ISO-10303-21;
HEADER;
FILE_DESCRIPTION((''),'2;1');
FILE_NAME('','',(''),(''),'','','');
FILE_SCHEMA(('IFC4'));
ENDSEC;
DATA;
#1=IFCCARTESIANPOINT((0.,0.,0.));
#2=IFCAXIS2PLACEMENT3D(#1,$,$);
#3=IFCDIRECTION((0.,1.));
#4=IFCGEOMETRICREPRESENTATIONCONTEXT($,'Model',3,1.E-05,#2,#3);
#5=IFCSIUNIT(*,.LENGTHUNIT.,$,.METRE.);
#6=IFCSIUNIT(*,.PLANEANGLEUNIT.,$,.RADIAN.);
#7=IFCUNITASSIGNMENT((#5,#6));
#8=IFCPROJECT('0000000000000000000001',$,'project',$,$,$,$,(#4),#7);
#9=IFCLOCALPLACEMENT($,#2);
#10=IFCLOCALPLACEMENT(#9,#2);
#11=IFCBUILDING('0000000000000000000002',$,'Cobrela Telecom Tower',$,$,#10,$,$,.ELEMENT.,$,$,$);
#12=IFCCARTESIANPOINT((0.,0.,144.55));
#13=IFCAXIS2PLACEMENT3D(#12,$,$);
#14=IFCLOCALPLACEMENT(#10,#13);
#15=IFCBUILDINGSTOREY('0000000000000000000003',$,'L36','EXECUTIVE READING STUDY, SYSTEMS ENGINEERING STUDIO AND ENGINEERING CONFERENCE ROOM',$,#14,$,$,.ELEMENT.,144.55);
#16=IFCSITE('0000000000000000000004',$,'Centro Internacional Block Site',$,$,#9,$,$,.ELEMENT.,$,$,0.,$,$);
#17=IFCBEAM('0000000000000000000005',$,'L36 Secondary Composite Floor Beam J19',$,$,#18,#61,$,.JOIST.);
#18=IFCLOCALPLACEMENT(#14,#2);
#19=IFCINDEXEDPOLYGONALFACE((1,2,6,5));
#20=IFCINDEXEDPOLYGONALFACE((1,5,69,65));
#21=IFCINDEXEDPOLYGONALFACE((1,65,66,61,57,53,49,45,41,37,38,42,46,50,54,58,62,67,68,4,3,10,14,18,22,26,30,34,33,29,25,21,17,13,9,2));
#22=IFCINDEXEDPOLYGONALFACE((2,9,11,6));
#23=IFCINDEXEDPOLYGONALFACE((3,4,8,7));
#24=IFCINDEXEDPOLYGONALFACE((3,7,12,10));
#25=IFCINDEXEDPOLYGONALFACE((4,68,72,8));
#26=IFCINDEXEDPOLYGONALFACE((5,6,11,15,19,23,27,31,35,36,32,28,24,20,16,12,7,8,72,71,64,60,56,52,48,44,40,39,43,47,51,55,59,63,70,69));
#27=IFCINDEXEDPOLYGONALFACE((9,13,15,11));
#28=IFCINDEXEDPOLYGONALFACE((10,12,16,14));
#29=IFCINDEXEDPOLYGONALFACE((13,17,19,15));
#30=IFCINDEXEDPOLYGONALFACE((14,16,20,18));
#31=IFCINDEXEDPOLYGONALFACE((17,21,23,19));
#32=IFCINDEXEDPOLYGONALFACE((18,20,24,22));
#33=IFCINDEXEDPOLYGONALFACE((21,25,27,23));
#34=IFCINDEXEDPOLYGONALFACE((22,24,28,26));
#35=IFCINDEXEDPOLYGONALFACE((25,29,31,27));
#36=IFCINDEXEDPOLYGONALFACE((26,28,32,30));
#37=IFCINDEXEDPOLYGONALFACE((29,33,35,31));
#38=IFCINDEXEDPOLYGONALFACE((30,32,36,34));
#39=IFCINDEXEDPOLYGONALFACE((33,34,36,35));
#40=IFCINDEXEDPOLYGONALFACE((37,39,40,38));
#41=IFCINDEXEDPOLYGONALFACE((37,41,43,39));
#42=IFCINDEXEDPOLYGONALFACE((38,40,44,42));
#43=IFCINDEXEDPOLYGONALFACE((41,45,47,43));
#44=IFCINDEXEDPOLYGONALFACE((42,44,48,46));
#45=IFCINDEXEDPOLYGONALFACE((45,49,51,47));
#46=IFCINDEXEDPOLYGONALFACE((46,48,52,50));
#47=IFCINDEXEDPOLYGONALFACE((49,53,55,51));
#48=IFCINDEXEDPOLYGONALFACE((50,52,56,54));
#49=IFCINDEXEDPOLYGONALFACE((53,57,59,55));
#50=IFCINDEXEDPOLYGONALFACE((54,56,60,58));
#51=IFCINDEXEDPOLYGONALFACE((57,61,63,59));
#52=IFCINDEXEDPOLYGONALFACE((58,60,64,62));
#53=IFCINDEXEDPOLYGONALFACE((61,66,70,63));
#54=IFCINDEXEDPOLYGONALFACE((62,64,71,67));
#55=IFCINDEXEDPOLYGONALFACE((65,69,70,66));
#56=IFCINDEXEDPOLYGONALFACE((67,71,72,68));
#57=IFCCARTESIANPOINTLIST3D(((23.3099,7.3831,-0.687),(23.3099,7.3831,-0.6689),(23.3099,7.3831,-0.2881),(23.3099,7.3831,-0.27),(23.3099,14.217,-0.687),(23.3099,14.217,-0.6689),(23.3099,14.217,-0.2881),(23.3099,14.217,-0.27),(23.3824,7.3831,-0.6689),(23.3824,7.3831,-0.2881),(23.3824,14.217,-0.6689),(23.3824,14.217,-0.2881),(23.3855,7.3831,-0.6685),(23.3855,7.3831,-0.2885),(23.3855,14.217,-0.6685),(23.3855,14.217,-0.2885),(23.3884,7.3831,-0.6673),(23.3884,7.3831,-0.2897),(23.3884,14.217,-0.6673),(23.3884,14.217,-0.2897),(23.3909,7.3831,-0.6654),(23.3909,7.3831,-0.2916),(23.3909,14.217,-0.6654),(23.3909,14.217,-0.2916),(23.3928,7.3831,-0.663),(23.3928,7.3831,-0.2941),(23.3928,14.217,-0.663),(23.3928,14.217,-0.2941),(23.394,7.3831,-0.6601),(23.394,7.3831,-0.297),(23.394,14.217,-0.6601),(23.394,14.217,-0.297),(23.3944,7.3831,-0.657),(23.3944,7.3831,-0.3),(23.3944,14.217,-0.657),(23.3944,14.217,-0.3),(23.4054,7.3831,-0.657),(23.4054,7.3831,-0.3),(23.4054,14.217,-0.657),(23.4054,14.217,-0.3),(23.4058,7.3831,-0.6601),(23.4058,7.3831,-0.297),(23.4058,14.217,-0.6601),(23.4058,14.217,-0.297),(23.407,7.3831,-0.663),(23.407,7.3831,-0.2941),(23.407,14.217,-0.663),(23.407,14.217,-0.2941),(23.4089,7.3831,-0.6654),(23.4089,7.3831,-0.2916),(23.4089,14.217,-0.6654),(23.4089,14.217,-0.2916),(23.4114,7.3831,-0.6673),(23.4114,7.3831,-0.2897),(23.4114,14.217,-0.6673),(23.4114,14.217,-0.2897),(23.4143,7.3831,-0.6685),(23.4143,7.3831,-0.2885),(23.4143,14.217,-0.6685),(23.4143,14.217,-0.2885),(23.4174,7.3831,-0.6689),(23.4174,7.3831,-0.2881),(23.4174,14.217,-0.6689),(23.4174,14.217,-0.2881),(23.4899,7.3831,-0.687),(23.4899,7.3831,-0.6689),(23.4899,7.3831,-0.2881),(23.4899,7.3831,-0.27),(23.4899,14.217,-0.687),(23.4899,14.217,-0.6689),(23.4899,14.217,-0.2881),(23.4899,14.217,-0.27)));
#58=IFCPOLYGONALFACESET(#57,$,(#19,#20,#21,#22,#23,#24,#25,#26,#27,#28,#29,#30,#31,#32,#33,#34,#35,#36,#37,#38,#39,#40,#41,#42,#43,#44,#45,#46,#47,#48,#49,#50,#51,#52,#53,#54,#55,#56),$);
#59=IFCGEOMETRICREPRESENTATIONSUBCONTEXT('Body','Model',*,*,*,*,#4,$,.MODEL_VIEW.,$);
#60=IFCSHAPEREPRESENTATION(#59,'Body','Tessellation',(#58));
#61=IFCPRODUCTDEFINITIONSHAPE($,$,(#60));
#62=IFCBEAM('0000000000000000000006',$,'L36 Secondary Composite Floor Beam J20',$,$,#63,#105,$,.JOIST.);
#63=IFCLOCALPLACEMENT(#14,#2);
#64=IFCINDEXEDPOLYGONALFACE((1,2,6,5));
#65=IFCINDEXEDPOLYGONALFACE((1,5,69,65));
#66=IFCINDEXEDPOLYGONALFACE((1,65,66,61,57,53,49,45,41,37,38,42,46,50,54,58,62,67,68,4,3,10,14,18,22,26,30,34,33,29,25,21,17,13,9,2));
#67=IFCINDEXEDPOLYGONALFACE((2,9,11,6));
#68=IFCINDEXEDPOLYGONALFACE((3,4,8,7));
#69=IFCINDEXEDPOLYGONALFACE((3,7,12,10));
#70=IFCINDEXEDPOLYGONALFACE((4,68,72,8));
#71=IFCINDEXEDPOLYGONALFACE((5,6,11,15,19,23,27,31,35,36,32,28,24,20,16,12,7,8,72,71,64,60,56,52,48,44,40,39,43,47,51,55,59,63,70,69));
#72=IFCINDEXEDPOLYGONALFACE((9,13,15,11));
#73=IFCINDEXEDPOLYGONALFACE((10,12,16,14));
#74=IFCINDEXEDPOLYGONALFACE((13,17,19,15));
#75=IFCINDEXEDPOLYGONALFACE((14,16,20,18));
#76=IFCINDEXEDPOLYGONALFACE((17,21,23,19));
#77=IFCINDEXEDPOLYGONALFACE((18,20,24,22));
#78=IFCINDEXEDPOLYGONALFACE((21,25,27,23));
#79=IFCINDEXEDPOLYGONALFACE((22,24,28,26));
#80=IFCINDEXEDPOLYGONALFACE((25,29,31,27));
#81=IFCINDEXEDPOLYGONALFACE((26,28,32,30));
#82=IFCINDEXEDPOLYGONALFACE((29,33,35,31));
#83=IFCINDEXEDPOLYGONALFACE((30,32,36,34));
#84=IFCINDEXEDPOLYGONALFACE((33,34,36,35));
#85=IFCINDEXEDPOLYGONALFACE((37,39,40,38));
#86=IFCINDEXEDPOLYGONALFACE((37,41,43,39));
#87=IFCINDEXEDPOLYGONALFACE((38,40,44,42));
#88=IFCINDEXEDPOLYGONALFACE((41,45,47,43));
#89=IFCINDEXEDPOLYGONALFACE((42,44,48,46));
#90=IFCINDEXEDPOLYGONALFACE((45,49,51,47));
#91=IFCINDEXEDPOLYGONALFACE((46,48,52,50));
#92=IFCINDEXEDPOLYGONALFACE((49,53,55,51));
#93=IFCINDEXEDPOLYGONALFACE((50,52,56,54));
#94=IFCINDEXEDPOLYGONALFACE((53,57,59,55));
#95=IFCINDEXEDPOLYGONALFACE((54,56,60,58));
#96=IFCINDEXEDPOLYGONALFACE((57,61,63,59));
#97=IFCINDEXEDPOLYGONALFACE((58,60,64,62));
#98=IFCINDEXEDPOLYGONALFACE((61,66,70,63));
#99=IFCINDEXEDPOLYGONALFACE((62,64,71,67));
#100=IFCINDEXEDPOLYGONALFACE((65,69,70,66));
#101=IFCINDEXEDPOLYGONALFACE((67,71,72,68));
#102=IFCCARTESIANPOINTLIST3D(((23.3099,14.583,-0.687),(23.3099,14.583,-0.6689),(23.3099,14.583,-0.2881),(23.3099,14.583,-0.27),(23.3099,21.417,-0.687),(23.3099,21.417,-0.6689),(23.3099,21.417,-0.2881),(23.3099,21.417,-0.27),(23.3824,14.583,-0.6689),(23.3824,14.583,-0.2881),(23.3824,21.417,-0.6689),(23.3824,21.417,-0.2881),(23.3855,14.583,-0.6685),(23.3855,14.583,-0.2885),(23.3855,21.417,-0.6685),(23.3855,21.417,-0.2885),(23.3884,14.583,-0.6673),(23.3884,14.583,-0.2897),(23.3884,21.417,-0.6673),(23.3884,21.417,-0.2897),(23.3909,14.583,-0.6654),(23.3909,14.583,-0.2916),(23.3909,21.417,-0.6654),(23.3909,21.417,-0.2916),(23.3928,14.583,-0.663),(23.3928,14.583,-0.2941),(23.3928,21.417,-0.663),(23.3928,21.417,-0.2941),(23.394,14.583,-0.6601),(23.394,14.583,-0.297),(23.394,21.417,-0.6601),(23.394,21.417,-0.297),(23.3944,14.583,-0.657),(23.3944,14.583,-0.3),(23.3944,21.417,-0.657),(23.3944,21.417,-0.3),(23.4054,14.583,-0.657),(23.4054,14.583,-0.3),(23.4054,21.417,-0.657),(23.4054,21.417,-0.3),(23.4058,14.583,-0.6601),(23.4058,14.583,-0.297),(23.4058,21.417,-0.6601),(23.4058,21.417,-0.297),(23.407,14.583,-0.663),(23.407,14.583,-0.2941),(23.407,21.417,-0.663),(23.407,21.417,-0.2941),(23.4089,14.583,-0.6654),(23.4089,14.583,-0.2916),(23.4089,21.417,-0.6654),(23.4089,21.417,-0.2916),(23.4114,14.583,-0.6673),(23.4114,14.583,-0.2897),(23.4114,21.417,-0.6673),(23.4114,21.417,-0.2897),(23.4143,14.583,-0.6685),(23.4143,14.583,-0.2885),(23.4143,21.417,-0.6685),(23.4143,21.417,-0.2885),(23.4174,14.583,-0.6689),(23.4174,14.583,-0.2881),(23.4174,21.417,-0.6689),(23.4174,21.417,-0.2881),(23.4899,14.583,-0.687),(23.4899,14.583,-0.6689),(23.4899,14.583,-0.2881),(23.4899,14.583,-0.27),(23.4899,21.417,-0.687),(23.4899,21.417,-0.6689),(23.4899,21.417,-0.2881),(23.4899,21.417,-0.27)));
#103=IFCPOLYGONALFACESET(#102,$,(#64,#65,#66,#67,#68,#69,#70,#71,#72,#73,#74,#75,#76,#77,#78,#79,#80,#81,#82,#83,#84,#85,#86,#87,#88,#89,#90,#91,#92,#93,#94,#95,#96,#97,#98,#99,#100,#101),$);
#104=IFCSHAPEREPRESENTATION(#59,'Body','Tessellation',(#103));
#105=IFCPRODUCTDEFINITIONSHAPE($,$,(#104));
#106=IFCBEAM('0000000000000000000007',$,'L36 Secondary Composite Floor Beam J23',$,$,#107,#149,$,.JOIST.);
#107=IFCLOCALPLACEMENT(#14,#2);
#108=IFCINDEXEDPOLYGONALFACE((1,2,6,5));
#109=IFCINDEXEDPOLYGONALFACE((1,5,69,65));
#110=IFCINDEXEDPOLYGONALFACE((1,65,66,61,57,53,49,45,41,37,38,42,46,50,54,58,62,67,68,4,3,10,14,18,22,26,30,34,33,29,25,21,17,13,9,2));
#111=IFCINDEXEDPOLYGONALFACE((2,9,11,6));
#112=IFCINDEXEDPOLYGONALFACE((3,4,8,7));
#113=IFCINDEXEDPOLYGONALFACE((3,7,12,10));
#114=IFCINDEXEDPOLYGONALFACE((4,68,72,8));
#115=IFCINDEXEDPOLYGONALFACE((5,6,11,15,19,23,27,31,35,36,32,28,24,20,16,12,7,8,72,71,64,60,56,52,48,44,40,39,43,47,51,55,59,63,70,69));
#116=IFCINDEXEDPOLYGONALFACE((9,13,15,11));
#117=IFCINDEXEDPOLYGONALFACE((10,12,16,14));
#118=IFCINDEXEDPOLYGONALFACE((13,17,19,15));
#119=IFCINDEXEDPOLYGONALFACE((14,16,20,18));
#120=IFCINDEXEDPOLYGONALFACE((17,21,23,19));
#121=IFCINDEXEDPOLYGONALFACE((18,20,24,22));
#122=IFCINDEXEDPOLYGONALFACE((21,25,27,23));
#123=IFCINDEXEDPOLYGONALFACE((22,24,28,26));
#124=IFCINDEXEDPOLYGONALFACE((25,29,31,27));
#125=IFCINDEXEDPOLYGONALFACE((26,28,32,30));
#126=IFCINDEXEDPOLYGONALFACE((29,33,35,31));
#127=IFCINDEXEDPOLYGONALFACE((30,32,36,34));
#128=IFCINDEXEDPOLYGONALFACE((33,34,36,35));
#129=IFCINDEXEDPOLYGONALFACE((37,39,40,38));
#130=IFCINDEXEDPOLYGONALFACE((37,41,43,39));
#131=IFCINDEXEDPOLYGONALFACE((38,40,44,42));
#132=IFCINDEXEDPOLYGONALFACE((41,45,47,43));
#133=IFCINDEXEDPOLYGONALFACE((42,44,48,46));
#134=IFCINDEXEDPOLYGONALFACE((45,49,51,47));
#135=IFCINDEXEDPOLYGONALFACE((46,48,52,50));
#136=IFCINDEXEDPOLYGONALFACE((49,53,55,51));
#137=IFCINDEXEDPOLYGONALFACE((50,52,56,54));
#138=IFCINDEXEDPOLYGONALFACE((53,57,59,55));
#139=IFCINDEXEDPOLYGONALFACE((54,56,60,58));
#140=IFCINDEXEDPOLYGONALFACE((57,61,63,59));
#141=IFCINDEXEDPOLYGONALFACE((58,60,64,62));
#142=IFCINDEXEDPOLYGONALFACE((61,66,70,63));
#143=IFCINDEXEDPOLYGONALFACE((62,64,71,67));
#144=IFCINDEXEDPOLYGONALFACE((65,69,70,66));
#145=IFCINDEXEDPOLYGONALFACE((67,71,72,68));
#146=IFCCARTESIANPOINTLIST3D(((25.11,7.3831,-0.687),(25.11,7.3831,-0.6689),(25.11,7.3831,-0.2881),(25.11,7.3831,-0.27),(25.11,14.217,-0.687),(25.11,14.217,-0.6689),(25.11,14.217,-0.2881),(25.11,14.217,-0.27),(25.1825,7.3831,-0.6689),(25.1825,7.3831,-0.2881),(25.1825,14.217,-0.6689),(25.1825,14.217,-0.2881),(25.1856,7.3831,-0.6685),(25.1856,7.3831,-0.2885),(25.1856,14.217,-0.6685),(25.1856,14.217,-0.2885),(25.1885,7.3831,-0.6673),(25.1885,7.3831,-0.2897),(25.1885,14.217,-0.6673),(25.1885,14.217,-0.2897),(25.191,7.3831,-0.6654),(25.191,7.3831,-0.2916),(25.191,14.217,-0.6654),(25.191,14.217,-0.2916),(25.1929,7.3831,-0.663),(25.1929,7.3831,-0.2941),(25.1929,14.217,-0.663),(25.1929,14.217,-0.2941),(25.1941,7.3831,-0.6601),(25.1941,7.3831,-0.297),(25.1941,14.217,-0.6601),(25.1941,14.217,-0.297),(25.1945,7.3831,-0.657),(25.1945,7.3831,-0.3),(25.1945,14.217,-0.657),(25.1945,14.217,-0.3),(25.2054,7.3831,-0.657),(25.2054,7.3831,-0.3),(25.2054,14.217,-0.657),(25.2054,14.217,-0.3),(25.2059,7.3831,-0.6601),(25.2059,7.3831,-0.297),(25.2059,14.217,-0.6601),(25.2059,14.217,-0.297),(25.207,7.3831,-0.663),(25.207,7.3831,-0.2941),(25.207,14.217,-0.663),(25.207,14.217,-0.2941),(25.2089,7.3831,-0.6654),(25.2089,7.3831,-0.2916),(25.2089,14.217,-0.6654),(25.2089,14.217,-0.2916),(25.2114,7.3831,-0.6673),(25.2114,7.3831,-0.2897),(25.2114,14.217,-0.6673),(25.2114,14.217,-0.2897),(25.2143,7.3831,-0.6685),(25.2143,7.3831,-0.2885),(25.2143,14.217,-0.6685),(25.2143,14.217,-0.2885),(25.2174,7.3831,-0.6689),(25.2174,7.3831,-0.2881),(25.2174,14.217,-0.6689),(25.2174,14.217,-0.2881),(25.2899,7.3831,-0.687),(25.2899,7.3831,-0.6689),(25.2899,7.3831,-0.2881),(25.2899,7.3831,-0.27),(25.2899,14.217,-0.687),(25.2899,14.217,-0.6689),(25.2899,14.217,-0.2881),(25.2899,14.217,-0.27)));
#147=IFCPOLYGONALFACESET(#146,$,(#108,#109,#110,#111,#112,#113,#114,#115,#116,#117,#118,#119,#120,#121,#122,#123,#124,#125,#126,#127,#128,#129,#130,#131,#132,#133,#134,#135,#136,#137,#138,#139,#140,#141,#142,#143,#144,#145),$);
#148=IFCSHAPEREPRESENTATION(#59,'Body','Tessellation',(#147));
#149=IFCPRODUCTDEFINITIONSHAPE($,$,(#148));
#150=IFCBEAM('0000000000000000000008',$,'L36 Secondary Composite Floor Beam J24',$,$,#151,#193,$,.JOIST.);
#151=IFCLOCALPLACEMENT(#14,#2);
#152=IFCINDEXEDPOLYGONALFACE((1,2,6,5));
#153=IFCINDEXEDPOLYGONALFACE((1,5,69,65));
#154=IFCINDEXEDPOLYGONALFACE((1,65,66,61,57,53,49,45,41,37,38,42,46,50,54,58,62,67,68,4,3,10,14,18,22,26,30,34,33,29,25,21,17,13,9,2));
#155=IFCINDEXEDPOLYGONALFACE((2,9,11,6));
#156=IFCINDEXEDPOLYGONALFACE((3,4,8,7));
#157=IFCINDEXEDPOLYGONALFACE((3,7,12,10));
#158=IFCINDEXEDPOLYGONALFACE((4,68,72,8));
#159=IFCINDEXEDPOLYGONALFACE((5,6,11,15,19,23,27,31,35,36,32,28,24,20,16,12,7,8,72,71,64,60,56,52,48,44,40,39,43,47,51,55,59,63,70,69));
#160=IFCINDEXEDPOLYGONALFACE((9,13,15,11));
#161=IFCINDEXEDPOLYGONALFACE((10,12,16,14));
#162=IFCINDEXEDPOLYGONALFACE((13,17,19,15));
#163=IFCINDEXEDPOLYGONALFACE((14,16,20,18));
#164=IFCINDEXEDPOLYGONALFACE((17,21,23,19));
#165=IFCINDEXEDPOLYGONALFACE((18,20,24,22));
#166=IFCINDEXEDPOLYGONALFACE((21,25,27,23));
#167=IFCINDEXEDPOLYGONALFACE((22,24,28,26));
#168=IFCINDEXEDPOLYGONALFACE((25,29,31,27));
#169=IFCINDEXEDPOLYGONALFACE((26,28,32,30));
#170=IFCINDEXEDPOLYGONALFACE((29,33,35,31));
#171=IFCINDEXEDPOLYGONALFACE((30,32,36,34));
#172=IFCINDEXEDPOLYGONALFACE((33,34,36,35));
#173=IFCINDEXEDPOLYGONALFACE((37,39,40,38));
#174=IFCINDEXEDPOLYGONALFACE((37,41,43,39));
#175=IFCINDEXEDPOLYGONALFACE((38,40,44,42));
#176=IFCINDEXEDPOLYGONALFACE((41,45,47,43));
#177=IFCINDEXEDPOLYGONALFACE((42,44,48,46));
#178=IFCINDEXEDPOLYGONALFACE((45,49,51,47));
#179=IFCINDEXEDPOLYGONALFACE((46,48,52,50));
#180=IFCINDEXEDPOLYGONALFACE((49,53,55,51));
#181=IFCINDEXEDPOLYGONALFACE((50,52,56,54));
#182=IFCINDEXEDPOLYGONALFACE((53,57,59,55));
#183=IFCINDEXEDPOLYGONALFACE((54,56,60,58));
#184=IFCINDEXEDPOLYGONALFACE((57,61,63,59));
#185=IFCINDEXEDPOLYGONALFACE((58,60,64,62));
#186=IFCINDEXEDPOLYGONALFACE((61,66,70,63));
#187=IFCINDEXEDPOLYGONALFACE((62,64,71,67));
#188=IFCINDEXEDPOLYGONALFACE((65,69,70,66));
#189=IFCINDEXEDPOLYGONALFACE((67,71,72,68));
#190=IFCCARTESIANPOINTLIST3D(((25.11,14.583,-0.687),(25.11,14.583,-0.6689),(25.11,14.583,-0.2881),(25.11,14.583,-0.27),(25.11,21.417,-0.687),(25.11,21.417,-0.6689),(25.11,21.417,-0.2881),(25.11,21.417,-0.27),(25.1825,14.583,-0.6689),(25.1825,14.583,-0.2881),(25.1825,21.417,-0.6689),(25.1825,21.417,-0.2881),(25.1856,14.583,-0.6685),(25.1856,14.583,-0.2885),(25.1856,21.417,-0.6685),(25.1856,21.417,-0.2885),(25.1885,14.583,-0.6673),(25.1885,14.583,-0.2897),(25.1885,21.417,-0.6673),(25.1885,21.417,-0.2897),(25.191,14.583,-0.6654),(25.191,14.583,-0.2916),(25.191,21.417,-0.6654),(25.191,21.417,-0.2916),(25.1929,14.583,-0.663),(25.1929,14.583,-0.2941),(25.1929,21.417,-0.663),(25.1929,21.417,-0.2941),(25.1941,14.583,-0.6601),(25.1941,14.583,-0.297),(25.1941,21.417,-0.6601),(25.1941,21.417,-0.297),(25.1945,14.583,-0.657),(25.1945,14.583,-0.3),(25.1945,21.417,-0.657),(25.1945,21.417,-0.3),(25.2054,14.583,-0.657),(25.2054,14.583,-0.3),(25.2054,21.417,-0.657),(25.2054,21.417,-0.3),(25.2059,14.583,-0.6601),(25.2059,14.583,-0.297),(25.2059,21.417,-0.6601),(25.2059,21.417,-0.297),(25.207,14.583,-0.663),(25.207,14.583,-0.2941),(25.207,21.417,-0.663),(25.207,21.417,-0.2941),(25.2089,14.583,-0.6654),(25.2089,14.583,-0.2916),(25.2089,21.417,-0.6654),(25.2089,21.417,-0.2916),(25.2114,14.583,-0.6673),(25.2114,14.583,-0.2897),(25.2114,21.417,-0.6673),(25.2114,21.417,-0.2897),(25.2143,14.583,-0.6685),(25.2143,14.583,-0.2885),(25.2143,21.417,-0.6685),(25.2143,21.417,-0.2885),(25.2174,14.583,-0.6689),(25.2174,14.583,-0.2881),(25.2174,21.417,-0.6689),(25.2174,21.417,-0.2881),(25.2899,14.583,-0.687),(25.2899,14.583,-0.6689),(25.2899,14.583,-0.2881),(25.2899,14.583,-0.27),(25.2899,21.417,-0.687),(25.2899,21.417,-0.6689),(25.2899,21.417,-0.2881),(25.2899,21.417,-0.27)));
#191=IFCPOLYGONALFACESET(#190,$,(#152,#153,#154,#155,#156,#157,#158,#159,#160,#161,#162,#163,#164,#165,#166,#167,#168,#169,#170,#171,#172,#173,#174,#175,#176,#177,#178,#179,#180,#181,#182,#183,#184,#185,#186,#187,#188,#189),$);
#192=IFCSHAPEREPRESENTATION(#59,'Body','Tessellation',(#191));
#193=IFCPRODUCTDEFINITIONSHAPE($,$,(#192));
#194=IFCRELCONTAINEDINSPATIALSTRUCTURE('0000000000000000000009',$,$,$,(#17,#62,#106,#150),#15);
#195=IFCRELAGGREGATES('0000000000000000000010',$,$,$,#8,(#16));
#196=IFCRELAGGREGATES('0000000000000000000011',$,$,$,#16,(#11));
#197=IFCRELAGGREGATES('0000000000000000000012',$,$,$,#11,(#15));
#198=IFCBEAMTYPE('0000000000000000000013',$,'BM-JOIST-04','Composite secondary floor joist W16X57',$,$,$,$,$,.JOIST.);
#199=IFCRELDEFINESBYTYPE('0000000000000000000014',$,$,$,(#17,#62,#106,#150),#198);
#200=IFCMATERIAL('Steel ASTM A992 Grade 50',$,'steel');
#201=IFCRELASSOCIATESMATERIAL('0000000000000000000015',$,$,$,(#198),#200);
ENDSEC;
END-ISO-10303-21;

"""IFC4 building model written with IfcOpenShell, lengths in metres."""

from ifc_helpers import new_model, si_unit, direction, frame, origin, origin_2d, place, context, subcontext, project, spatial, i_section, extrude, material, material_profile, profile_set, type_object, element, save


model = new_model("IFC4")

# Units and contexts
model_context = context("Model", 3, precision=1e-05, world=origin(), true_north=direction((0.0, 1.0)))
body_context = subcontext(model_context, "Body", "Model", "MODEL_VIEW")
ifc_project = project(units=[si_unit("LENGTHUNIT", "METRE"), si_unit("PLANEANGLEUNIT", "RADIAN")], contexts=[model_context])

# Site, building, storey
site_placement = place(None, origin())
site = spatial("IfcSite", under=ifc_project, at=site_placement, Name="Centro Internacional Block Site", CompositionType="ELEMENT", RefElevation=0.0)
building_placement = place(site_placement, origin())
building = spatial("IfcBuilding", under=site, at=building_placement, Name="Cobrela Telecom Tower", CompositionType="ELEMENT")
storey_placement = place(building_placement, frame((0.0, 0.0, 144.55)))
storey = spatial("IfcBuildingStorey", under=building, at=storey_placement, Name="L36", Description="EXECUTIVE READING STUDY, SYSTEMS ENGINEERING STUDIO AND ENGINEERING CONFERENCE ROOM", CompositionType="ELEMENT", Elevation=144.55)

# Shared definitions
ifc_material_1 = material(Name="Steel ASTM A992 Grade 50", Category="steel")

# Beams
ifc_material_profile_1 = material_profile(ifc_material_1, i_section(OverallWidth=0.1799, OverallDepth=0.417, WebThickness=0.011, FlangeThickness=0.0181, FilletRadius=0.012, at=origin_2d()), Name="W16X57")
ifc_profile_set_1 = profile_set([ifc_material_profile_1], Name="Steel ASTM A992 Grade 50")
beam_type_1 = type_object("IfcBeamType", Name="BM-JOIST-04", Description="Composite secondary floor joist W16X57", PredefinedType="JOIST", material=ifc_profile_set_1)
for number, where, z_axis, x_axis, name in (
    (1, (23.3999, 7.3831, -0.4785), (0.0, 1.0, 0.0), (-1.0, 0.0, 0.0), "L36 Secondary Composite Floor Beam J19"),
    (2, (23.3999, 14.583, -0.4785), (0.0, 1.0, 0.0), (-1.0, 0.0, 0.0), "L36 Secondary Composite Floor Beam J20"),
    (3, (25.2, 7.3831, -0.4785), (0.0, 1.0, 0.0), (-1.0, 0.0, 0.0), "L36 Secondary Composite Floor Beam J23"),
    (4, (25.2, 14.583, -0.4785), (0.0, 1.0, 0.0), (-1.0, 0.0, 0.0), "L36 Secondary Composite Floor Beam J24"),
):
    element("IfcBeam", number, at=place(storey_placement, frame(where, z_axis=z_axis, x_axis=x_axis)), inside=storey, type_object=beam_type_1, Name=name, PredefinedType="JOIST", context=body_context, shape_type="SweptSolid", body=[
        extrude(i_section(OverallWidth=0.1799, OverallDepth=0.417, WebThickness=0.011, FlangeThickness=0.0181, FilletRadius=0.012, at=origin_2d()), origin(), (0.0, 0.0, 1.0), 6.834),
    ])

save(model, "model.ifc")
